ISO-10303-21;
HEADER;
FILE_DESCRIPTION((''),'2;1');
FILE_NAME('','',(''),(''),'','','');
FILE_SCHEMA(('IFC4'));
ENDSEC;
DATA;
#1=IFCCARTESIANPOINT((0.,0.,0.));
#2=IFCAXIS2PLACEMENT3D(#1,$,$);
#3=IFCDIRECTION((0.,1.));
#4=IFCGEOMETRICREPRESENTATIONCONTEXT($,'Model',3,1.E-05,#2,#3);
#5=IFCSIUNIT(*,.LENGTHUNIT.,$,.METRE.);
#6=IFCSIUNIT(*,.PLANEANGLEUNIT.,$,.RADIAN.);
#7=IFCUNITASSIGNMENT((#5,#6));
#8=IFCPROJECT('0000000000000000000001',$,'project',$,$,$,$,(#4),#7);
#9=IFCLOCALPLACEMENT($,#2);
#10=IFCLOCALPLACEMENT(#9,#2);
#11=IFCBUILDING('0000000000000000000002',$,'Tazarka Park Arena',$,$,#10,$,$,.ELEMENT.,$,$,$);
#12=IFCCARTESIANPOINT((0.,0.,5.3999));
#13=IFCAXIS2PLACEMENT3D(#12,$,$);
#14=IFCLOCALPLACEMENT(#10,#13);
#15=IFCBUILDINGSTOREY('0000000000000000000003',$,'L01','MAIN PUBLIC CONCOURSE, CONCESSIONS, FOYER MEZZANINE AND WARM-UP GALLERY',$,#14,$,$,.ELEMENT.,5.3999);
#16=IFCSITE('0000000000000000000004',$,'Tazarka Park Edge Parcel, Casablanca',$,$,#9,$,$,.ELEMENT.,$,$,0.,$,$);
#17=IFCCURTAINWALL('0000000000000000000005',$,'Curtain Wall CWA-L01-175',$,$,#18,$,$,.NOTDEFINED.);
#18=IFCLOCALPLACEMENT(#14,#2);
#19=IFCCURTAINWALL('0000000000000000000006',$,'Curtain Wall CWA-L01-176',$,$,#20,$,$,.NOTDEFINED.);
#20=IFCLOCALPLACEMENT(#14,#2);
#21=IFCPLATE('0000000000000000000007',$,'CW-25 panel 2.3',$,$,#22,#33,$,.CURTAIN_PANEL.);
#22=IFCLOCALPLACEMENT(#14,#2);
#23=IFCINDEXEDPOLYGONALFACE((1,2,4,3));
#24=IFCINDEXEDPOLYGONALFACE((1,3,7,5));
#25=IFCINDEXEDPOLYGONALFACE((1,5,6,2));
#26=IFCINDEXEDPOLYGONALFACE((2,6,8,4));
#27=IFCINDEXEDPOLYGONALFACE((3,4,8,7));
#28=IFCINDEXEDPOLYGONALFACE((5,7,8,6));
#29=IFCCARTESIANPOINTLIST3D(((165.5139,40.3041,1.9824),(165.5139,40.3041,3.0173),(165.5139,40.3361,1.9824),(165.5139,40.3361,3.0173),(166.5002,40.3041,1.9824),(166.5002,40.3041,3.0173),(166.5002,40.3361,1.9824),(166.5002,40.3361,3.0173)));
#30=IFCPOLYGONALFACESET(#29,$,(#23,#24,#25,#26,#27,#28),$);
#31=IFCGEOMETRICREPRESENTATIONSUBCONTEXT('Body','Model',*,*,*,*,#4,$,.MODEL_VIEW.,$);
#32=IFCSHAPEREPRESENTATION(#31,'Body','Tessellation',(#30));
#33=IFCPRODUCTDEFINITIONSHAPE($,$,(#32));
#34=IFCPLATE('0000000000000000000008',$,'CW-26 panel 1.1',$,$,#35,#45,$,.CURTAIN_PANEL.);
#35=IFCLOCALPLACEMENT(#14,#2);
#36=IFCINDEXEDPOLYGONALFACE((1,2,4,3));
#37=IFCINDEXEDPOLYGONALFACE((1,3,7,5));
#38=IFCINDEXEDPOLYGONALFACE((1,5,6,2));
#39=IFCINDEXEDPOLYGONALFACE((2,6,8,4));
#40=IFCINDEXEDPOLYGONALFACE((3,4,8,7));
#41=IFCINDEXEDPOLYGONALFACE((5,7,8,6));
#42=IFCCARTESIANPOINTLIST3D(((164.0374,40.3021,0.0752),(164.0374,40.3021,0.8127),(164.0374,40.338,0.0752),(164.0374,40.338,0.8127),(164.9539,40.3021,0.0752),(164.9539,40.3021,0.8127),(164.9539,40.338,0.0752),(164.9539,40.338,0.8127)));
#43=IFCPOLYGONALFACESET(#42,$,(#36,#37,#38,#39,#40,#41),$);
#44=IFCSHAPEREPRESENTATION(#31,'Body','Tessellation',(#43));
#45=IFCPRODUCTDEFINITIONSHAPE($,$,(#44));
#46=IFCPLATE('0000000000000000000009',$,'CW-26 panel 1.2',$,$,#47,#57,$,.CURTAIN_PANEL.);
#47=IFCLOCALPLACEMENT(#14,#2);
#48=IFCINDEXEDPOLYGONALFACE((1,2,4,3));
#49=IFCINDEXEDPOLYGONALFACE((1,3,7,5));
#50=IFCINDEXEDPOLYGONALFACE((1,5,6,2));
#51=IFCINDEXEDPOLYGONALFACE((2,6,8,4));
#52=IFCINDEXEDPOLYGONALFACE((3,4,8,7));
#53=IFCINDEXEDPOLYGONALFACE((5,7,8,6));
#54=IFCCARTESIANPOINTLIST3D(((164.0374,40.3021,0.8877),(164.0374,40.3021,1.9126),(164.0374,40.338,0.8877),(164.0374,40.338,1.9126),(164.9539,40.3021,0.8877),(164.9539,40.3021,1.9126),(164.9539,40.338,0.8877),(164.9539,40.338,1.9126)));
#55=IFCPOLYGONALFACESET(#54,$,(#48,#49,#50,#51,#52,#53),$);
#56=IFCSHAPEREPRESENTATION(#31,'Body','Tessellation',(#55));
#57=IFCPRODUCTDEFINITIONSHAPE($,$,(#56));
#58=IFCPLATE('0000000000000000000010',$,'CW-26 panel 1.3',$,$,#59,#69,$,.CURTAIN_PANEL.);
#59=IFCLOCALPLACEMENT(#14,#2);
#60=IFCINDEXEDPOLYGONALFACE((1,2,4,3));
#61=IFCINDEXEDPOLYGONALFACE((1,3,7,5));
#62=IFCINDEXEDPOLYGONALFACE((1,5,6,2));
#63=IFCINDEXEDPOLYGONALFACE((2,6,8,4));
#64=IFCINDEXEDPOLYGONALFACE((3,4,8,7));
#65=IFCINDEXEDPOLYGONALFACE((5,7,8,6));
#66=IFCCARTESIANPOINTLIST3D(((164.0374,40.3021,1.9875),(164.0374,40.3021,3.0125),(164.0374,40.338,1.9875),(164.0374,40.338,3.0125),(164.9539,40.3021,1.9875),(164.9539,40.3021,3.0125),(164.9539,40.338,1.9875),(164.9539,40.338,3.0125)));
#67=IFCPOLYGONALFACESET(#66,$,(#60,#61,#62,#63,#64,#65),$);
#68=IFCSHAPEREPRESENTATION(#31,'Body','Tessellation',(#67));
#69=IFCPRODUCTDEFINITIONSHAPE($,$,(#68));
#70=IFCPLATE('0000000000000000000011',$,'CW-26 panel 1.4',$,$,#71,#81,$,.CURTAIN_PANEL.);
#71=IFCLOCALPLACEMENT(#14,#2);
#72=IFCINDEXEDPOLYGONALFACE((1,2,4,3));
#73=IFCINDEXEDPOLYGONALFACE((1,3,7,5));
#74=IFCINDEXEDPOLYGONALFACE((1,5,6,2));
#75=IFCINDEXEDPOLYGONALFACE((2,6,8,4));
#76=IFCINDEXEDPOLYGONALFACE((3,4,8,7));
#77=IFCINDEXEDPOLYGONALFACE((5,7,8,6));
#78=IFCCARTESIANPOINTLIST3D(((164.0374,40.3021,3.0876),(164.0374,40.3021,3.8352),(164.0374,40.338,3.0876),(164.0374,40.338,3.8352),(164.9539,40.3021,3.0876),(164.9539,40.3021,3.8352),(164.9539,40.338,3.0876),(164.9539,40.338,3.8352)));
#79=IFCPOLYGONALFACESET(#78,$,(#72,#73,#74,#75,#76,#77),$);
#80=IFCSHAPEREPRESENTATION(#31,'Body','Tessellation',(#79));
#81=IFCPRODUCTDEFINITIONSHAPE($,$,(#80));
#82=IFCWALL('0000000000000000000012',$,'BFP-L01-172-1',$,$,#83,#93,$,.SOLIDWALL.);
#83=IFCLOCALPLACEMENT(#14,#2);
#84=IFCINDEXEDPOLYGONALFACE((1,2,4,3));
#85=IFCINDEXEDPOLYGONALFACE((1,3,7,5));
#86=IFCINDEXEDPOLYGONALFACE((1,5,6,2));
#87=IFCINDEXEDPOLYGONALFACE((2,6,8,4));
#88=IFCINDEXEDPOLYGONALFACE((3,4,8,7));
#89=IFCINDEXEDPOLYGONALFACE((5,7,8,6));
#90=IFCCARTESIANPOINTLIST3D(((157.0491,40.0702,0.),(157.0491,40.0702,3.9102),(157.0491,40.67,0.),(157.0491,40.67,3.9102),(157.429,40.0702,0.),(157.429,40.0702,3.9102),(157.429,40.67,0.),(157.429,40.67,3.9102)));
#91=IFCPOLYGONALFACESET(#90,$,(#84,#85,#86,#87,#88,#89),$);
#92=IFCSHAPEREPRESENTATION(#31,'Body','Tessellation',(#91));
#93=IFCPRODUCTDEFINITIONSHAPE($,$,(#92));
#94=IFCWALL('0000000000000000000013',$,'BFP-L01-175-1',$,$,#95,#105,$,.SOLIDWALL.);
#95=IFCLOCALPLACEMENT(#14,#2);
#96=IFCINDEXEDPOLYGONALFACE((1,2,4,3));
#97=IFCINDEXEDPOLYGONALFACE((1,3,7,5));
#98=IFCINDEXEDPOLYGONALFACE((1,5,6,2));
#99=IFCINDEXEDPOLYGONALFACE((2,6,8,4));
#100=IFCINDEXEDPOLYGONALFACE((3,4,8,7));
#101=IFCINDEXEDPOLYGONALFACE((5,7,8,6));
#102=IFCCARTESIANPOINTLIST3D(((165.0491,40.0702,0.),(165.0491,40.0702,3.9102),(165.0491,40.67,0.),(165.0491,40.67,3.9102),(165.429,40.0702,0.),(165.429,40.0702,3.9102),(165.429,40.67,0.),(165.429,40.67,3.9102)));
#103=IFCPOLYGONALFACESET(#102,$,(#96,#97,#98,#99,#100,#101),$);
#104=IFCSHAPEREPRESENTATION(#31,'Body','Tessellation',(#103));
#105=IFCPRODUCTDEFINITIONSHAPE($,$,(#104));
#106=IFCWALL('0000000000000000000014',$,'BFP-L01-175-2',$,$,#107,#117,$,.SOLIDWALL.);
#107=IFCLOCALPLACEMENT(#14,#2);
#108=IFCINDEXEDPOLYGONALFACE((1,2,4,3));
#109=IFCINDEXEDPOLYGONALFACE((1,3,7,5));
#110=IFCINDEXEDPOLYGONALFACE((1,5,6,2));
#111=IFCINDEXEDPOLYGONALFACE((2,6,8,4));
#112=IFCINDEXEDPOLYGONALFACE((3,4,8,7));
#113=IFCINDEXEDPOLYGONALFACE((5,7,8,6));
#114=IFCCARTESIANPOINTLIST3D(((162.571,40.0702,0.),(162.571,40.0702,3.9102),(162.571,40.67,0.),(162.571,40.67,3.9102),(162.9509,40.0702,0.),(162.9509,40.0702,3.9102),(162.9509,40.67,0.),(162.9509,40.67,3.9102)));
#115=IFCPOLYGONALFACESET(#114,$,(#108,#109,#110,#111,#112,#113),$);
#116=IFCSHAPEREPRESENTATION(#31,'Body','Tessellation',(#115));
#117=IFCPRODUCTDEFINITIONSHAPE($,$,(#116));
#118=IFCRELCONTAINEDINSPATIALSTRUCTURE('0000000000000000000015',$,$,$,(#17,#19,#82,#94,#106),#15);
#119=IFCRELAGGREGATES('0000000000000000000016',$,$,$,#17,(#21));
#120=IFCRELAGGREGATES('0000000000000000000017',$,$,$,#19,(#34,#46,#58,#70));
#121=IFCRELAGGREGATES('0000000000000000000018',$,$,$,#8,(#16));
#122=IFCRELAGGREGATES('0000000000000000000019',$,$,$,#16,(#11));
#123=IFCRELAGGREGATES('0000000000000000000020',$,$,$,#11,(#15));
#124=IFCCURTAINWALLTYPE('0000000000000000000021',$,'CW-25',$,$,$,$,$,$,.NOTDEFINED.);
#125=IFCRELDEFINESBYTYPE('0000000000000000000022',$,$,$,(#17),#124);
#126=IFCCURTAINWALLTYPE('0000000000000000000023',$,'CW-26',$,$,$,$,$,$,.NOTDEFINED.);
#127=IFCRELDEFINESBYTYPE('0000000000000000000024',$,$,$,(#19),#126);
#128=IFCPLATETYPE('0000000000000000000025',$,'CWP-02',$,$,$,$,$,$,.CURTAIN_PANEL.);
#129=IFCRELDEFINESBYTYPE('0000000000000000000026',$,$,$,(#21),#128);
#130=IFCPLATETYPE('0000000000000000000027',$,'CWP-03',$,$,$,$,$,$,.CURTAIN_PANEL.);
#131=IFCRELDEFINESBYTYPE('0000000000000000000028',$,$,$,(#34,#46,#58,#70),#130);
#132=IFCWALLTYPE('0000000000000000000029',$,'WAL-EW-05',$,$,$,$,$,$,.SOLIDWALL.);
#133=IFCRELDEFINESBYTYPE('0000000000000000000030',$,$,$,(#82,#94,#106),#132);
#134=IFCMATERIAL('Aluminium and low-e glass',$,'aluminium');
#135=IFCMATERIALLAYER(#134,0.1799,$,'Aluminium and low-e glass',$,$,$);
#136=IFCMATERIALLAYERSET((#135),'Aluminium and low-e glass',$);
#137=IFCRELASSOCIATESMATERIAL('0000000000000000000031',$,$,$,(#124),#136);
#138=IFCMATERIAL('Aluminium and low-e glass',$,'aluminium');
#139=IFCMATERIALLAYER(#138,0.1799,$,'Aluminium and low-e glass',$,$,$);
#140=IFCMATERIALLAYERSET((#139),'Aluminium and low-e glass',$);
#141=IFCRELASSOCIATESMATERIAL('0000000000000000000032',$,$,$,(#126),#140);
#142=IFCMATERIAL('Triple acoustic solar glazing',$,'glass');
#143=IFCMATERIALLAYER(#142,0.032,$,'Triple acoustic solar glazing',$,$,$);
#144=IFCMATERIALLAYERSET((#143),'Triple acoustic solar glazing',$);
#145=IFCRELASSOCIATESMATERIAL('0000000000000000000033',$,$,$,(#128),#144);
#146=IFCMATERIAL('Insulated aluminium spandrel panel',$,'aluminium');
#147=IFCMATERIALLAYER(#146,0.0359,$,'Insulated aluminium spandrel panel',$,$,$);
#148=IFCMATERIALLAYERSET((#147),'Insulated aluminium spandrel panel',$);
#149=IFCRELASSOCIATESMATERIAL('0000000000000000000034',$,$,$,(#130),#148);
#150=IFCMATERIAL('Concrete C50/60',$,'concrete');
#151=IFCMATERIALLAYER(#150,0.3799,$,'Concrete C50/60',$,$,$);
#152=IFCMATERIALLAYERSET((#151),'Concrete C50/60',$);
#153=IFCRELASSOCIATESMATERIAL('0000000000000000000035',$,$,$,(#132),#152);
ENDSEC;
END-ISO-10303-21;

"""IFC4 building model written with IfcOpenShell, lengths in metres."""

from ifc_helpers import new_model, si_unit, direction, frame, frame_2d, origin, origin_2d, place, context, subcontext, project, spatial, rectangle, extrude, material, layer, layer_set, type_object, element, aggregate, save


model = new_model("IFC4")

# Units and contexts
model_context = context("Model", 3, precision=1e-05, world=origin(), true_north=direction((0.0, 1.0)))
body_context = subcontext(model_context, "Body", "Model", "MODEL_VIEW")
ifc_project = project(units=[si_unit("LENGTHUNIT", "METRE"), si_unit("PLANEANGLEUNIT", "RADIAN")], contexts=[model_context])

# Site, building, storey
site_placement = place(None, origin())
site = spatial("IfcSite", under=ifc_project, at=site_placement, Name="Tazarka Park Edge Parcel, Casablanca", CompositionType="ELEMENT", RefElevation=0.0)
building_placement = place(site_placement, origin())
building = spatial("IfcBuilding", under=site, at=building_placement, Name="Tazarka Park Arena", CompositionType="ELEMENT")
storey_placement = place(building_placement, frame((0.0, 0.0, 5.3999)))
storey = spatial("IfcBuildingStorey", under=building, at=storey_placement, Name="L01", Description="MAIN PUBLIC CONCOURSE, CONCESSIONS, FOYER MEZZANINE AND WARM-UP GALLERY", CompositionType="ELEMENT", Elevation=5.3999)

# Curtain wall
ifc_material_1 = material(Name="Aluminium and low-e glass", Category="aluminium")
ifc_layer_1 = layer(ifc_material_1, 0.1799, Name="Aluminium and low-e glass")
ifc_layer_set_1 = layer_set([ifc_layer_1], Name="Aluminium and low-e glass")
curtain_wall_type_1 = type_object("IfcCurtainWallType", Name="CW-25", PredefinedType="NOTDEFINED", material=ifc_layer_set_1)
curtain_wall_1_placement = place(storey_placement, origin())
curtain_wall_1 = element("IfcCurtainWall", 1, at=curtain_wall_1_placement, inside=storey, type_object=curtain_wall_type_1, Name="Curtain Wall CWA-L01-175", PredefinedType="NOTDEFINED")

# Curtain wall
ifc_material_2 = material(Name="Aluminium and low-e glass", Category="aluminium")
ifc_layer_2 = layer(ifc_material_2, 0.1799, Name="Aluminium and low-e glass")
ifc_layer_set_2 = layer_set([ifc_layer_2], Name="Aluminium and low-e glass")
curtain_wall_type_2 = type_object("IfcCurtainWallType", Name="CW-26", PredefinedType="NOTDEFINED", material=ifc_layer_set_2)
curtain_wall_2_placement = place(storey_placement, origin())
curtain_wall_2 = element("IfcCurtainWall", 2, at=curtain_wall_2_placement, inside=storey, type_object=curtain_wall_type_2, Name="Curtain Wall CWA-L01-176", PredefinedType="NOTDEFINED")

# Plates
ifc_material_3 = material(Name="Triple acoustic solar glazing", Category="glass")
ifc_layer_3 = layer(ifc_material_3, 0.032, Name="Triple acoustic solar glazing")
ifc_layer_set_3 = layer_set([ifc_layer_3], Name="Triple acoustic solar glazing")
plate_type_1 = type_object("IfcPlateType", Name="CWP-02", PredefinedType="CURTAIN_PANEL", material=ifc_layer_set_3)
plate_1_placement = place(storey_placement, frame((166.0071, 40.3201, 1.9824), z_axis=(0.0, 0.0, 1.0), x_axis=(-1.0, 0.0, 0.0)))
plate_1 = element("IfcPlate", 3, at=plate_1_placement, type_object=plate_type_1, Name="CW-25 panel 2.3", PredefinedType="CURTAIN_PANEL", context=body_context, shape_type="SweptSolid", body=[
    extrude(rectangle(XDim=0.9863, YDim=0.032, at=origin_2d()), origin(), (0.0, 0.0, 1.0), 1.0349),
])
aggregate(curtain_wall_1, [plate_1])
ifc_material_4 = material(Name="Insulated aluminium spandrel panel", Category="aluminium")
ifc_layer_4 = layer(ifc_material_4, 0.0359, Name="Insulated aluminium spandrel panel")
ifc_layer_set_4 = layer_set([ifc_layer_4], Name="Insulated aluminium spandrel panel")
plate_type_2 = type_object("IfcPlateType", Name="CWP-03", PredefinedType="CURTAIN_PANEL", material=ifc_layer_set_4)
plate_2_placement = place(storey_placement, frame((164.4956, 40.3201, 0.0752), z_axis=(0.0, 0.0, 1.0), x_axis=(-1.0, 0.0, 0.0)))
plate_2 = element("IfcPlate", 4, at=plate_2_placement, type_object=plate_type_2, Name="CW-26 panel 1.1", PredefinedType="CURTAIN_PANEL", context=body_context, shape_type="SweptSolid", body=[
    extrude(rectangle(XDim=0.9165, YDim=0.0359, at=origin_2d()), origin(), (0.0, 0.0, 1.0), 0.7375),
])
plate_3_placement = place(storey_placement, frame((164.4956, 40.3201, 0.8877), z_axis=(0.0, 0.0, 1.0), x_axis=(-1.0, 0.0, 0.0)))
plate_3 = element("IfcPlate", 5, at=plate_3_placement, type_object=plate_type_2, Name="CW-26 panel 1.2", PredefinedType="CURTAIN_PANEL", context=body_context, shape_type="SweptSolid", body=[
    extrude(rectangle(XDim=0.9165, YDim=0.0359, at=origin_2d()), origin(), (0.0, 0.0, 1.0), 1.0249),
])
plate_4_placement = place(storey_placement, frame((164.4956, 40.3201, 1.9875), z_axis=(0.0, 0.0, 1.0), x_axis=(-1.0, 0.0, 0.0)))
plate_4 = element("IfcPlate", 6, at=plate_4_placement, type_object=plate_type_2, Name="CW-26 panel 1.3", PredefinedType="CURTAIN_PANEL", context=body_context, shape_type="SweptSolid", body=[
    extrude(rectangle(XDim=0.9165, YDim=0.0359, at=origin_2d()), origin(), (0.0, 0.0, 1.0), 1.0249),
])
plate_5_placement = place(storey_placement, frame((164.4956, 40.3201, 3.0876), z_axis=(0.0, 0.0, 1.0), x_axis=(-1.0, 0.0, 0.0)))
plate_5 = element("IfcPlate", 7, at=plate_5_placement, type_object=plate_type_2, Name="CW-26 panel 1.4", PredefinedType="CURTAIN_PANEL", context=body_context, shape_type="SweptSolid", body=[
    extrude(rectangle(XDim=0.9165, YDim=0.0359, at=origin_2d()), origin(), (0.0, 0.0, 1.0), 0.7476),
])
aggregate(curtain_wall_2, [plate_2, plate_3, plate_4, plate_5])

# Walls
ifc_material_5 = material(Name="Concrete C50/60", Category="concrete")
ifc_layer_5 = layer(ifc_material_5, 0.3799, Name="Concrete C50/60")
ifc_layer_set_5 = layer_set([ifc_layer_5], Name="Concrete C50/60")
wall_type = type_object("IfcWallType", Name="WAL-EW-05", PredefinedType="SOLIDWALL", material=ifc_layer_set_5)
for number, where, z_axis, x_axis, name in (
    (8, (157.239, 40.6699, 0.0), (0.0, 0.0, 1.0), (0.0, -1.0, 0.0), "BFP-L01-172-1"),
    (9, (165.239, 40.6699, 0.0), (0.0, 0.0, 1.0), (0.0, -1.0, 0.0), "BFP-L01-175-1"),
    (10, (162.761, 40.6699, 0.0), (0.0, 0.0, 1.0), (0.0, -1.0, 0.0), "BFP-L01-175-2"),
):
    element("IfcWall", number, at=place(storey_placement, frame(where, z_axis=z_axis, x_axis=x_axis)), inside=storey, type_object=wall_type, Name=name, PredefinedType="SOLIDWALL", context=body_context, shape_type="SweptSolid", body=[
        extrude(rectangle(XDim=0.5999, YDim=0.3799, at=frame_2d((0.2998, 0.0))), origin(), (0.0, 0.0, 1.0), 3.9102),
    ])

save(model, "model.ifc")
